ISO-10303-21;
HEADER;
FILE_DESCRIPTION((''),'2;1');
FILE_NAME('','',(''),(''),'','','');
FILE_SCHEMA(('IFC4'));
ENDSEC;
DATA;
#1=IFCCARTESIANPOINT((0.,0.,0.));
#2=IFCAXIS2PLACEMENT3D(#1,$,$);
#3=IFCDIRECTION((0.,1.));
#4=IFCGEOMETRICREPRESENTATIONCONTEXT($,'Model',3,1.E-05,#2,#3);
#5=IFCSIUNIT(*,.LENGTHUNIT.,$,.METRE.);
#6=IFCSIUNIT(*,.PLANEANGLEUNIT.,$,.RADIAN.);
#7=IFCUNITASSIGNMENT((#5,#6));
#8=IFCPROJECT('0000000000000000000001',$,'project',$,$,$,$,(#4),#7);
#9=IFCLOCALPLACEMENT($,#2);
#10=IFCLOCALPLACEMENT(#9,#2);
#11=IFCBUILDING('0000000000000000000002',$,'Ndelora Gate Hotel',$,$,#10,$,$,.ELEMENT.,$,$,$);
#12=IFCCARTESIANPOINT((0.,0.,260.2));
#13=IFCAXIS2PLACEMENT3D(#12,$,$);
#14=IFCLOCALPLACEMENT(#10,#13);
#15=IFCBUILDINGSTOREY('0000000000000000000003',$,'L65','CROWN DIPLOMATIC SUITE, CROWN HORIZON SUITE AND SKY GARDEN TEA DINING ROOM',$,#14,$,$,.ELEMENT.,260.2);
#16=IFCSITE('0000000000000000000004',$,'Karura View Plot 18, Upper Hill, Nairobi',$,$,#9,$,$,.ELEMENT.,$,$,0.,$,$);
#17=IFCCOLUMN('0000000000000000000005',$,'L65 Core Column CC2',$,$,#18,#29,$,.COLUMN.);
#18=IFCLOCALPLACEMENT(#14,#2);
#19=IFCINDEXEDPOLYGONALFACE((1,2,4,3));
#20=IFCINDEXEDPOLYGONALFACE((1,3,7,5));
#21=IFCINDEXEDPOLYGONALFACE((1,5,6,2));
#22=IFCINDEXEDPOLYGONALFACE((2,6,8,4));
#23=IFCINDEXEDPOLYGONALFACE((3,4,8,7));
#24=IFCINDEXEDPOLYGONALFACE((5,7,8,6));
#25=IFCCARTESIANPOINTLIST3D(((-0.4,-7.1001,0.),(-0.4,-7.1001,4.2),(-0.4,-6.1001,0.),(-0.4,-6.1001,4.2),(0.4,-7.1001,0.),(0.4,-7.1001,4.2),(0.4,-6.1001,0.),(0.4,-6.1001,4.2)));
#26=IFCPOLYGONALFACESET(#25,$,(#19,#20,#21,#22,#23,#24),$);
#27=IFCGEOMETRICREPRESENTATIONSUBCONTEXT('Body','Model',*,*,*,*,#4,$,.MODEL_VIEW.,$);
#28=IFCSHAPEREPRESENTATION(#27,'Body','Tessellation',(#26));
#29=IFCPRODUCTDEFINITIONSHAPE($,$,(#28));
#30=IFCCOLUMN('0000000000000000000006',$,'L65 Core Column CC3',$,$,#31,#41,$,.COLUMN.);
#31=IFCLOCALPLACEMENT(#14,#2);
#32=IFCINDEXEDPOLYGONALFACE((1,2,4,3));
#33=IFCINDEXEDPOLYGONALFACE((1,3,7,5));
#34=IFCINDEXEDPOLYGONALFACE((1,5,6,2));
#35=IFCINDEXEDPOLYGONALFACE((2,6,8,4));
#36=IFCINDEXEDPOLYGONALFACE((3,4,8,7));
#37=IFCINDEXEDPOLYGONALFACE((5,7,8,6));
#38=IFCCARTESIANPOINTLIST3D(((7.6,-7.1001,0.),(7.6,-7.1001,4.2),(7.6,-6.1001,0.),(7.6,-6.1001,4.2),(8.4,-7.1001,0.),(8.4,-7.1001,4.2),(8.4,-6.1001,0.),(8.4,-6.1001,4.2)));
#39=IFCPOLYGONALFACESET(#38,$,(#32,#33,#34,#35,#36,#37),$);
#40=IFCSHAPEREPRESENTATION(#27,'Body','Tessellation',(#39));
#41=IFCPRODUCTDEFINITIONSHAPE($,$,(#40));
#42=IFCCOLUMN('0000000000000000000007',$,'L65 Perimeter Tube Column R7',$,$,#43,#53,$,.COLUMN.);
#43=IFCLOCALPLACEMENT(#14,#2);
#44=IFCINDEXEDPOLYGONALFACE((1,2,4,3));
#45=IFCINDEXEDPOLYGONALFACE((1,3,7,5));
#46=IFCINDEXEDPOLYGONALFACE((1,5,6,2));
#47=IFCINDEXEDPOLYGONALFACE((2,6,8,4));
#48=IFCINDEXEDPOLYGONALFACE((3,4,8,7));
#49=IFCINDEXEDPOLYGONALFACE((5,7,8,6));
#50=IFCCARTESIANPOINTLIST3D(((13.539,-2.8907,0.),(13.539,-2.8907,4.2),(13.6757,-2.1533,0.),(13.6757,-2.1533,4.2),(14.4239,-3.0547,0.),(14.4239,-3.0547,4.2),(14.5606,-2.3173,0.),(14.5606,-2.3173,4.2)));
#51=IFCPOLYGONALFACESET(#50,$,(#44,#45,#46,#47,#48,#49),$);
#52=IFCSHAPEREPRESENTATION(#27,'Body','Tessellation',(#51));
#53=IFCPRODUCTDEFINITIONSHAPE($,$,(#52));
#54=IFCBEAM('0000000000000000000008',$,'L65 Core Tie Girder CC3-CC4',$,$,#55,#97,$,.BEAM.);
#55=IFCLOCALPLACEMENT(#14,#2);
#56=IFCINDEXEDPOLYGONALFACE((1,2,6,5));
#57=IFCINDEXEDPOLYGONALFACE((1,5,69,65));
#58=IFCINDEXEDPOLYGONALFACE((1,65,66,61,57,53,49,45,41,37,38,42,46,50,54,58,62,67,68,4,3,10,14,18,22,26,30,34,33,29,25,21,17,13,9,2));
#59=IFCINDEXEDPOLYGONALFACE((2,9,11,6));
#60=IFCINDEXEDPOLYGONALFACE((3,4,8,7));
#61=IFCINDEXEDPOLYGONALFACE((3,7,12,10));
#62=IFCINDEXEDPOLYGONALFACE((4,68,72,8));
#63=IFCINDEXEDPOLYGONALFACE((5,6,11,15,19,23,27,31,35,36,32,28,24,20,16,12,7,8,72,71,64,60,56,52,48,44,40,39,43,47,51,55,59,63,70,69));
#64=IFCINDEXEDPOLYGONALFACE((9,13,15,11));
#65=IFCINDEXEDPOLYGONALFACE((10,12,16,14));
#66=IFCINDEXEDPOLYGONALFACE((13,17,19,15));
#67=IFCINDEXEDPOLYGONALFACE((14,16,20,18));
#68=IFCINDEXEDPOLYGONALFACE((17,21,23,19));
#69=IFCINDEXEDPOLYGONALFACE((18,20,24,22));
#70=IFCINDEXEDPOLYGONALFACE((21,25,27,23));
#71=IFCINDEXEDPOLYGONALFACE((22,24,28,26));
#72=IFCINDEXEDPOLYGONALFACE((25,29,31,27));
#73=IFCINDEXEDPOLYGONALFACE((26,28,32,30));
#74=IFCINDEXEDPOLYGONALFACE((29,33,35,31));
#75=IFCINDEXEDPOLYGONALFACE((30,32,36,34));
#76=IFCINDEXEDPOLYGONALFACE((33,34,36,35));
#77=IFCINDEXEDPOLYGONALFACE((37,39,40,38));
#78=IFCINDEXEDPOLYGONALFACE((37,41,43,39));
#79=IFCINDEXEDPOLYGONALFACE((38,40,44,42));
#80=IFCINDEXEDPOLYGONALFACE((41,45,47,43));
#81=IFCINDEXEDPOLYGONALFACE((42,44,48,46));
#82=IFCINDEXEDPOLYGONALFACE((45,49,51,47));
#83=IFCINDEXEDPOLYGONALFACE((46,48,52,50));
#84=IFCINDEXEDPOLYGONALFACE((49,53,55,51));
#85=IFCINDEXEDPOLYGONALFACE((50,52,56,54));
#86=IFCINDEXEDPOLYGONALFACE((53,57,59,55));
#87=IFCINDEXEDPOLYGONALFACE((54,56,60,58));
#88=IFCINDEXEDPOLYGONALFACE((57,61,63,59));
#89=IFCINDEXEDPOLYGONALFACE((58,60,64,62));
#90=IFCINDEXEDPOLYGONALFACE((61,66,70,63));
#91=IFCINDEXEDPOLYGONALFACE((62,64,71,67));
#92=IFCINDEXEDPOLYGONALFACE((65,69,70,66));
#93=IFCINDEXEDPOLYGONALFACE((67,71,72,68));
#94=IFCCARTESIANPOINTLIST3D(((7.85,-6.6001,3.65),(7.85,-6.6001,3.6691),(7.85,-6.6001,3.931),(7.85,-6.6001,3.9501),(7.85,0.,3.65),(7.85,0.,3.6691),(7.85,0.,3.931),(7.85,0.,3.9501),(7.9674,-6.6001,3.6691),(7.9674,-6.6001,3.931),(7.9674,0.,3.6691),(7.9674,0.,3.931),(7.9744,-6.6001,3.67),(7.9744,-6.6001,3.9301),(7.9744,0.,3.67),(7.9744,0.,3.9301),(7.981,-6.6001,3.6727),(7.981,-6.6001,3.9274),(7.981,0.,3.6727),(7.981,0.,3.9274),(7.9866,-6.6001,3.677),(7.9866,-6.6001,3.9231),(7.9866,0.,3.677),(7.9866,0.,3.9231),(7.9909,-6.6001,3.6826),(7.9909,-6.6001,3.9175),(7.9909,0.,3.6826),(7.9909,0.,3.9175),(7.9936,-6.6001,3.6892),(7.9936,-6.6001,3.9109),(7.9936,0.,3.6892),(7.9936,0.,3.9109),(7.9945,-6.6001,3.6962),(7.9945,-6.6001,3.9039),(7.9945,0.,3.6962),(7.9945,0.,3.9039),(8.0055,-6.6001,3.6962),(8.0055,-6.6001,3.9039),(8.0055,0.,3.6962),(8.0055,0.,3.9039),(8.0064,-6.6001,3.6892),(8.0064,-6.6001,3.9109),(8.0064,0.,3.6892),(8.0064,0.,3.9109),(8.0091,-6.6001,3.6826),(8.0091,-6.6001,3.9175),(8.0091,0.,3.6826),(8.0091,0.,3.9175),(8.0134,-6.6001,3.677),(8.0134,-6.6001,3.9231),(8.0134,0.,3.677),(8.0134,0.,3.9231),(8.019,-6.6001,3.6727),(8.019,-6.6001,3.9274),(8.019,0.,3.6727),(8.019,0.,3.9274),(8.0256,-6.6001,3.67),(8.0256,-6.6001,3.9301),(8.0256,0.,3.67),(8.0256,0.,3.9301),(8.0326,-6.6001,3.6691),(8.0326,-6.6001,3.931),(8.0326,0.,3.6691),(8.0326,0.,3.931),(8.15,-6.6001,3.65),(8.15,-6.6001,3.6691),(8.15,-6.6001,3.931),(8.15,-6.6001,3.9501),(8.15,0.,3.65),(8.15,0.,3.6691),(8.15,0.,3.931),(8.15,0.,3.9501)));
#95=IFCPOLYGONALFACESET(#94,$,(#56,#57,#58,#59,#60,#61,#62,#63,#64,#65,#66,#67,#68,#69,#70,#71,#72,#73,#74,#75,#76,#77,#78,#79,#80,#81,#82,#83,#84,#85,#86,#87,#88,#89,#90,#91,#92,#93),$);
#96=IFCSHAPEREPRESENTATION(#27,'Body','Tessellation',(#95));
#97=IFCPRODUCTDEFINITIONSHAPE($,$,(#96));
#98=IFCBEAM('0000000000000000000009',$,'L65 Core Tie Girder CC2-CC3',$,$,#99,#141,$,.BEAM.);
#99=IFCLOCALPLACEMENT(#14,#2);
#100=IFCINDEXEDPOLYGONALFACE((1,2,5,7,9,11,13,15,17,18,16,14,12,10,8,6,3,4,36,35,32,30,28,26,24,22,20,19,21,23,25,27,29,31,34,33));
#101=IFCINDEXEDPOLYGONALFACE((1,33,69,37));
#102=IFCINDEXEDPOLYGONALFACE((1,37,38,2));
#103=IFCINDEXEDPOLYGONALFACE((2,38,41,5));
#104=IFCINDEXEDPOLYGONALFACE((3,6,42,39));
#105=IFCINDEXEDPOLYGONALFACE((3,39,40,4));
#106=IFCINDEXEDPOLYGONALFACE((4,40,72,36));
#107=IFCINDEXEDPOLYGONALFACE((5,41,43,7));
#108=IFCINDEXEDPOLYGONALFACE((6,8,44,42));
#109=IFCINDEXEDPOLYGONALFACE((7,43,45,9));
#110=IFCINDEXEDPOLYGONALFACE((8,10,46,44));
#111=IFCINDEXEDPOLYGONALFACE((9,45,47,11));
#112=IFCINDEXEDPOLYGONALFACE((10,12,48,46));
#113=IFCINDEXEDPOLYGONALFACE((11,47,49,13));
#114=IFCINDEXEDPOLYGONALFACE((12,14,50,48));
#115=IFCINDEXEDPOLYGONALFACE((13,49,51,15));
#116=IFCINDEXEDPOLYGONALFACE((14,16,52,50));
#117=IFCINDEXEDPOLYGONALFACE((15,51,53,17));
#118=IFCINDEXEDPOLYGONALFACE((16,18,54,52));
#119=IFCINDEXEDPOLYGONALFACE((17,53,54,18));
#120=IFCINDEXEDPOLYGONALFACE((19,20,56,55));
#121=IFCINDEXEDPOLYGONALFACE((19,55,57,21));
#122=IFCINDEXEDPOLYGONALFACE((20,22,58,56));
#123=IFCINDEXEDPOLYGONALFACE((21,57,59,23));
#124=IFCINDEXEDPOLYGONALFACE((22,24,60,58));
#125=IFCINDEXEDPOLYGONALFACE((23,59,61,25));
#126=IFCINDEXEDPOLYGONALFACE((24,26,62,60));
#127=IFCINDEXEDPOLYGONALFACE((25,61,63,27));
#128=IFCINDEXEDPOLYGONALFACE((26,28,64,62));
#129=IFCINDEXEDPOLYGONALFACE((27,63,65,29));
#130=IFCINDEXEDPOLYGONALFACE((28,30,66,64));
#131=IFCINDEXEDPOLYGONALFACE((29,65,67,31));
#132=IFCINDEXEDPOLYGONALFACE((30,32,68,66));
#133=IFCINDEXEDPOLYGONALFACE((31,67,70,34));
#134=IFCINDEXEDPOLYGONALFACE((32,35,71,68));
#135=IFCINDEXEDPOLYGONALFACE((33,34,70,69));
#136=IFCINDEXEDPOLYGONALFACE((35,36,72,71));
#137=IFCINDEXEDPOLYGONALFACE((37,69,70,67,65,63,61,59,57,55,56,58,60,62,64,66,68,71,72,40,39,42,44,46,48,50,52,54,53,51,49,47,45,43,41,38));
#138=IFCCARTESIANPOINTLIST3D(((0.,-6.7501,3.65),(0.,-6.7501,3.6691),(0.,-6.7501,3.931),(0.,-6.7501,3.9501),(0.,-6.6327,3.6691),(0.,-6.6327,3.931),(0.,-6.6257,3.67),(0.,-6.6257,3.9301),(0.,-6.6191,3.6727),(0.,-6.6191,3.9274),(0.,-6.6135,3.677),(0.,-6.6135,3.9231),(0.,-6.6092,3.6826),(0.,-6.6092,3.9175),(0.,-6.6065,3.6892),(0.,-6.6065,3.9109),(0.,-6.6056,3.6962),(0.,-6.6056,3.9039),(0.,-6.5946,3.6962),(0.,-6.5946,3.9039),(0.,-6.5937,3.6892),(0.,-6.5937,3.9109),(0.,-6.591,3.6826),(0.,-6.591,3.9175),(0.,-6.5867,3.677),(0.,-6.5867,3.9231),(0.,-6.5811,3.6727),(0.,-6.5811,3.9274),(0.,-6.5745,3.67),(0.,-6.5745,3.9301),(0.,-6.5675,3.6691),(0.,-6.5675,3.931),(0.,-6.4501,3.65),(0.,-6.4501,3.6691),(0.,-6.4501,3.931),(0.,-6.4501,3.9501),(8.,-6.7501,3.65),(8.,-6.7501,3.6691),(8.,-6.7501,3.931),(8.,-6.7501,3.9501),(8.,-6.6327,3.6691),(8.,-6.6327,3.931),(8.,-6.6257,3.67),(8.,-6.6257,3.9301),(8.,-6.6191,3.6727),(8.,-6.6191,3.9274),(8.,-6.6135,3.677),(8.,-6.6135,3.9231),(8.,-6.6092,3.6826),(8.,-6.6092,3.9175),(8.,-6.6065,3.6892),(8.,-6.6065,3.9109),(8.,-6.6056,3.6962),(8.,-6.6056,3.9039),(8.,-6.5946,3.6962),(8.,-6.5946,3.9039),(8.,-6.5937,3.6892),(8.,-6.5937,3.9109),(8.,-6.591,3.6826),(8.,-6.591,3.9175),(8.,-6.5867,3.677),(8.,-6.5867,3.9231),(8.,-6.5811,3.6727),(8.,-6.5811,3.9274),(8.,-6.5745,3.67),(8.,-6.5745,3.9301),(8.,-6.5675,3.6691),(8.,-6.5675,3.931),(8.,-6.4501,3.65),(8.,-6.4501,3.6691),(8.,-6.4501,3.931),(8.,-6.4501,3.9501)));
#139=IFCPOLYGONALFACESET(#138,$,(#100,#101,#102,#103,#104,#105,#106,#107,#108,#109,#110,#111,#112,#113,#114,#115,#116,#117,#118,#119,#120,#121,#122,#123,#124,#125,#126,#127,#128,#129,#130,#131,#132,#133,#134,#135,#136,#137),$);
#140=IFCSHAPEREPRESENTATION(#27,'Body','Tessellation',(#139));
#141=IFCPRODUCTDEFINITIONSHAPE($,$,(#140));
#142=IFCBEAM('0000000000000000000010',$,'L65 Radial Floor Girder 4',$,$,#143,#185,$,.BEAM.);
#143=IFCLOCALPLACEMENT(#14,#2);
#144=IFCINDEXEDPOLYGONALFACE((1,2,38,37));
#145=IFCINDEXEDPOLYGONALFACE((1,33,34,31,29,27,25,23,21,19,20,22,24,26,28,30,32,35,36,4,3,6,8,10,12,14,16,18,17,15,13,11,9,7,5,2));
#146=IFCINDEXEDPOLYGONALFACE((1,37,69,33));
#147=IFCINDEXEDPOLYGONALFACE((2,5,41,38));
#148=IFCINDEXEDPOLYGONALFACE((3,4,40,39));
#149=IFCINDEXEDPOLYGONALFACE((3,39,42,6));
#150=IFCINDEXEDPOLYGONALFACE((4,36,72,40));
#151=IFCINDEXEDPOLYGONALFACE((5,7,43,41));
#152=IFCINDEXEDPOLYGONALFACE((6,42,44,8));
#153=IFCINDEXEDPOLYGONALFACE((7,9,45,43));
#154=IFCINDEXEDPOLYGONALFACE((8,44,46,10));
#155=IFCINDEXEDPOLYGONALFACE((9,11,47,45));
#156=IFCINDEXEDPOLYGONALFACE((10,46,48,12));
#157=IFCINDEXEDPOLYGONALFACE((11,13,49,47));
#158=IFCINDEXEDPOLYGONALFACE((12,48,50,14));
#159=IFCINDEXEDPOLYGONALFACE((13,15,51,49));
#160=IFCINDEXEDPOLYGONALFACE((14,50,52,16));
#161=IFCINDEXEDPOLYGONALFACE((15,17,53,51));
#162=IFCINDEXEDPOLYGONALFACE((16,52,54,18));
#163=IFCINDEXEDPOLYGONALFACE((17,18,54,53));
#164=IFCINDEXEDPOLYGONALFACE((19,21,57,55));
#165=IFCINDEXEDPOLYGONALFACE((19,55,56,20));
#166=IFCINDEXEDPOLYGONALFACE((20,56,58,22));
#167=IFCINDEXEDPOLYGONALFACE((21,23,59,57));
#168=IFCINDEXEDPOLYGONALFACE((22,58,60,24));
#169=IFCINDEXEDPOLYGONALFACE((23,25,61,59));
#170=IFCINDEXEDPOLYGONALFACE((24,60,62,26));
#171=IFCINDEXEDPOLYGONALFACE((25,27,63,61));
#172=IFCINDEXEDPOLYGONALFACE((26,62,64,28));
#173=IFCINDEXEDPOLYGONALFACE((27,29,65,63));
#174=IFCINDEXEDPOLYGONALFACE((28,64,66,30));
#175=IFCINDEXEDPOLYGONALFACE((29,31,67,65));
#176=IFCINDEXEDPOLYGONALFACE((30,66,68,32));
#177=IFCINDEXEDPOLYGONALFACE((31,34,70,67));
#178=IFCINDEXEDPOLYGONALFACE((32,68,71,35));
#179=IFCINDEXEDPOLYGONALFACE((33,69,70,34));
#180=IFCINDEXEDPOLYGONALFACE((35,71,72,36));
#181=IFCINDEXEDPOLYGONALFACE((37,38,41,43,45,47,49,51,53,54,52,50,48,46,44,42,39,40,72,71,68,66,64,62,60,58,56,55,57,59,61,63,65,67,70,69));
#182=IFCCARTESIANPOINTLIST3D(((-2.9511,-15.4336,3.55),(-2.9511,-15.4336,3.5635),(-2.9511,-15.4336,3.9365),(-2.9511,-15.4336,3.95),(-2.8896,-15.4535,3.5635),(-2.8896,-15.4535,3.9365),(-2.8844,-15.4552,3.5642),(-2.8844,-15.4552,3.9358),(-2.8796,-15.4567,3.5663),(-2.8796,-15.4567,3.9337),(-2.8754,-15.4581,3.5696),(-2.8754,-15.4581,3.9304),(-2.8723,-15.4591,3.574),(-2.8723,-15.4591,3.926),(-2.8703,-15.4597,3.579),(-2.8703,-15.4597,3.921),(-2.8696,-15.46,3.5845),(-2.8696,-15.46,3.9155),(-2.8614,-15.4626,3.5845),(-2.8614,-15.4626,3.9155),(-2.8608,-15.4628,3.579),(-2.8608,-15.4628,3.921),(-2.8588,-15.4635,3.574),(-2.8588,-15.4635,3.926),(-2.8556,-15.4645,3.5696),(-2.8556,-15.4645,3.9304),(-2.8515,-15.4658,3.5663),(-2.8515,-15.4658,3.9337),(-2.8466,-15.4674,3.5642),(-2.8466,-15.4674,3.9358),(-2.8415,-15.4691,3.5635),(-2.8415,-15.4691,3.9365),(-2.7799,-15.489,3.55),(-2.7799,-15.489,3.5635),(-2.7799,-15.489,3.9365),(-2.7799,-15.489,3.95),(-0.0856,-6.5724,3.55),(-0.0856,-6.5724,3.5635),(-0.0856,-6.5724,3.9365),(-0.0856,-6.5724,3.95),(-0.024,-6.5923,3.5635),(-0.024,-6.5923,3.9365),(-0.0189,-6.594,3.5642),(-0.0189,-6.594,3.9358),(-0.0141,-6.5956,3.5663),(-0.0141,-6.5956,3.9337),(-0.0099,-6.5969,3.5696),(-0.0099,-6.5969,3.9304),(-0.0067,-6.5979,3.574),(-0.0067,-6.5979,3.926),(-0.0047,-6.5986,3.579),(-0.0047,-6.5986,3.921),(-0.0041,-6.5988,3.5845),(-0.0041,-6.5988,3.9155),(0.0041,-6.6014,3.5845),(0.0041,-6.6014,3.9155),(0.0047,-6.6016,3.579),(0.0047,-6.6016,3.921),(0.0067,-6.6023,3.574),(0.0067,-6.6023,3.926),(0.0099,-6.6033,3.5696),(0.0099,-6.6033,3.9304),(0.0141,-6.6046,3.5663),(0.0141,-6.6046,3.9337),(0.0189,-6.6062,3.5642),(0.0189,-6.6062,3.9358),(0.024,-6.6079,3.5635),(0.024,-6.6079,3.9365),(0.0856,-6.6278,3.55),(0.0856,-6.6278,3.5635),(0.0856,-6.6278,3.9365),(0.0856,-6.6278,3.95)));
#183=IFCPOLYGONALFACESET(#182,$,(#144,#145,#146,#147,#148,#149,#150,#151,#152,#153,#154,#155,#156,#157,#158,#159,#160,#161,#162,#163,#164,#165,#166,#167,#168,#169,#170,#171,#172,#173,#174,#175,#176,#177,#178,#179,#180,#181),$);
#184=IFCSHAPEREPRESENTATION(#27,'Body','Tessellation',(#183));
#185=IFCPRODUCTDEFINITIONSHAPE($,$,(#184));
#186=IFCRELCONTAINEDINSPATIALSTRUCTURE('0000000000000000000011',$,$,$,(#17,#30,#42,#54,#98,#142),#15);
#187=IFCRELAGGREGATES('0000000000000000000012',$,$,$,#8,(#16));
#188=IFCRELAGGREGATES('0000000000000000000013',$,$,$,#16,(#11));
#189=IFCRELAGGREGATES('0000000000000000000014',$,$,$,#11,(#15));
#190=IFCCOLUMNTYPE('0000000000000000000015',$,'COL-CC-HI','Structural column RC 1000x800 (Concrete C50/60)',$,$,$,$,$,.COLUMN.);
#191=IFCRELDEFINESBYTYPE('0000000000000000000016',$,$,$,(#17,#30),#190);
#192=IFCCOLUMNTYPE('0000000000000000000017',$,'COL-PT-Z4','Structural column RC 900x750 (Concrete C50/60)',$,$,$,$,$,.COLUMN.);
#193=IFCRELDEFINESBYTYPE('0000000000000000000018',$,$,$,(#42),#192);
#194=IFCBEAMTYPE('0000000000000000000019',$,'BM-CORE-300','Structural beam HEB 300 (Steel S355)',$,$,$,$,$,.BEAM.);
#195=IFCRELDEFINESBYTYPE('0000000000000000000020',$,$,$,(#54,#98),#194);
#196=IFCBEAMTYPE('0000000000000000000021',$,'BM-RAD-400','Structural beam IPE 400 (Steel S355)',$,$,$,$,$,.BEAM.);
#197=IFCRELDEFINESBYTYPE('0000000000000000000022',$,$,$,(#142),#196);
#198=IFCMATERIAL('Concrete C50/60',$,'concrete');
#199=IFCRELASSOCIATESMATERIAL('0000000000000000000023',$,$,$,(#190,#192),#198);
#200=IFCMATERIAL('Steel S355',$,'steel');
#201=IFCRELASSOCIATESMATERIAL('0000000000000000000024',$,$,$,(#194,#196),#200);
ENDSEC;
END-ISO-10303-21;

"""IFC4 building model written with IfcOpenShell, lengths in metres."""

from ifc_helpers import new_model, si_unit, direction, frame, origin, origin_2d, place, context, subcontext, project, spatial, rectangle, i_section, extrude, material, material_profile, profile_set, type_object, element, save


model = new_model("IFC4")

# Units and contexts
model_context = context("Model", 3, precision=1e-05, world=origin(), true_north=direction((0.0, 1.0)))
body_context = subcontext(model_context, "Body", "Model", "MODEL_VIEW")
ifc_project = project(units=[si_unit("LENGTHUNIT", "METRE"), si_unit("PLANEANGLEUNIT", "RADIAN")], contexts=[model_context])

# Site, building, storey
site_placement = place(None, origin())
site = spatial("IfcSite", under=ifc_project, at=site_placement, Name="Karura View Plot 18, Upper Hill, Nairobi", CompositionType="ELEMENT", RefElevation=0.0)
building_placement = place(site_placement, origin())
building = spatial("IfcBuilding", under=site, at=building_placement, Name="Ndelora Gate Hotel", CompositionType="ELEMENT")
storey_placement = place(building_placement, frame((0.0, 0.0, 260.2)))
storey = spatial("IfcBuildingStorey", under=building, at=storey_placement, Name="L65", Description="CROWN DIPLOMATIC SUITE, CROWN HORIZON SUITE AND SKY GARDEN TEA DINING ROOM", CompositionType="ELEMENT", Elevation=260.2)

# Columns
ifc_material_1 = material(Name="Concrete C50/60", Category="concrete")
ifc_material_profile_1 = material_profile(ifc_material_1, rectangle(XDim=0.8, YDim=1.0, at=origin_2d()), Name="RC 1000x800")
ifc_profile_set_1 = profile_set([ifc_material_profile_1], Name="Concrete C50/60")
column_type_1 = type_object("IfcColumnType", Name="COL-CC-HI", Description="Structural column RC 1000x800 (Concrete C50/60)", PredefinedType="COLUMN", material=ifc_profile_set_1)
for number, where, z_axis, x_axis, name in (
    (1, (0.0, -6.6001, 0.0), (0.0, 0.0, 1.0), (1.0, 0.0, 0.0), "L65 Core Column CC2"),
    (2, (8.0, -6.6001, 0.0), (0.0, 0.0, 1.0), (1.0, 0.0, 0.0), "L65 Core Column CC3"),
):
    element("IfcColumn", number, at=place(storey_placement, frame(where, z_axis=z_axis, x_axis=x_axis)), inside=storey, type_object=column_type_1, Name=name, PredefinedType="COLUMN", context=body_context, shape_type="SweptSolid", body=[
        extrude(rectangle(XDim=0.8, YDim=1.0, at=origin_2d()), origin(), (0.0, 0.0, 1.0), 4.2),
    ])
ifc_material_profile_2 = material_profile(ifc_material_1, rectangle(XDim=0.75, YDim=0.8999, at=origin_2d()), Name="RC 900x750")
ifc_profile_set_2 = profile_set([ifc_material_profile_2], Name="Concrete C50/60")
column_type_2 = type_object("IfcColumnType", Name="COL-PT-Z4", Description="Structural column RC 900x750 (Concrete C50/60)", PredefinedType="COLUMN", material=ifc_profile_set_2)
column_placement = place(storey_placement, frame((14.0498, -2.604, 0.0), z_axis=(0.0, 0.0, 1.0), x_axis=(0.182236, 0.983255, 0.0)))
element("IfcColumn", 3, at=column_placement, inside=storey, type_object=column_type_2, Name="L65 Perimeter Tube Column R7", PredefinedType="COLUMN", context=body_context, shape_type="SweptSolid", body=[
    extrude(rectangle(XDim=0.75, YDim=0.8999, at=origin_2d()), origin(), (0.0, 0.0, 1.0), 4.2),
])

# Beams
ifc_material_2 = material(Name="Steel S355", Category="steel")
ifc_material_profile_3 = material_profile(ifc_material_2, i_section(OverallWidth=0.3, OverallDepth=0.3, WebThickness=0.011, FlangeThickness=0.019, FilletRadius=0.0271, at=origin_2d()), Name="HEB 300")
ifc_profile_set_3 = profile_set([ifc_material_profile_3], Name="Steel S355")
beam_type_1 = type_object("IfcBeamType", Name="BM-CORE-300", Description="Structural beam HEB 300 (Steel S355)", PredefinedType="BEAM", material=ifc_profile_set_3)
beam_1_placement = place(storey_placement, frame((8.0, -6.6001, 3.8), z_axis=(0.0, 1.0, 0.0), x_axis=(-1.0, 0.0, 0.0)))
element("IfcBeam", 4, at=beam_1_placement, inside=storey, type_object=beam_type_1, Name="L65 Core Tie Girder CC3-CC4", PredefinedType="BEAM", context=body_context, shape_type="SweptSolid", body=[
    extrude(i_section(OverallWidth=0.3, OverallDepth=0.3, WebThickness=0.011, FlangeThickness=0.019, FilletRadius=0.0271, at=origin_2d()), origin(), (0.0, 0.0, 1.0), 6.6001),
])
beam_2_placement = place(storey_placement, frame((0.0, -6.6001, 3.8), z_axis=(1.0, 0.0, 0.0), x_axis=(0.0, 1.0, 0.0)))
element("IfcBeam", 5, at=beam_2_placement, inside=storey, type_object=beam_type_1, Name="L65 Core Tie Girder CC2-CC3", PredefinedType="BEAM", context=body_context, shape_type="SweptSolid", body=[
    extrude(i_section(OverallWidth=0.3, OverallDepth=0.3, WebThickness=0.011, FlangeThickness=0.019, FilletRadius=0.0271, at=origin_2d()), origin(), (0.0, 0.0, 1.0), 8.0),
])
ifc_material_profile_4 = material_profile(ifc_material_2, i_section(OverallWidth=0.1799, OverallDepth=0.3999, WebThickness=0.0085, FlangeThickness=0.0134, FilletRadius=0.021, at=origin_2d()), Name="IPE 400")
ifc_profile_set_4 = profile_set([ifc_material_profile_4], Name="Steel S355")
beam_type_2 = type_object("IfcBeamType", Name="BM-RAD-400", Description="Structural beam IPE 400 (Steel S355)", PredefinedType="BEAM", material=ifc_profile_set_4)
beam_3_placement = place(storey_placement, frame((0.0, -6.6001, 3.75), z_axis=(-0.30769, -0.951487, 0.0), x_axis=(0.951487, -0.30769, 0.0)))
element("IfcBeam", 6, at=beam_3_placement, inside=storey, type_object=beam_type_2, Name="L65 Radial Floor Girder 4", PredefinedType="BEAM", context=body_context, shape_type="SweptSolid", body=[
    extrude(i_section(OverallWidth=0.1799, OverallDepth=0.3999, WebThickness=0.0085, FlangeThickness=0.0134, FilletRadius=0.021, at=origin_2d()), origin(), (0.0, 0.0, 1.0), 9.313),
])

save(model, "model.ifc")
